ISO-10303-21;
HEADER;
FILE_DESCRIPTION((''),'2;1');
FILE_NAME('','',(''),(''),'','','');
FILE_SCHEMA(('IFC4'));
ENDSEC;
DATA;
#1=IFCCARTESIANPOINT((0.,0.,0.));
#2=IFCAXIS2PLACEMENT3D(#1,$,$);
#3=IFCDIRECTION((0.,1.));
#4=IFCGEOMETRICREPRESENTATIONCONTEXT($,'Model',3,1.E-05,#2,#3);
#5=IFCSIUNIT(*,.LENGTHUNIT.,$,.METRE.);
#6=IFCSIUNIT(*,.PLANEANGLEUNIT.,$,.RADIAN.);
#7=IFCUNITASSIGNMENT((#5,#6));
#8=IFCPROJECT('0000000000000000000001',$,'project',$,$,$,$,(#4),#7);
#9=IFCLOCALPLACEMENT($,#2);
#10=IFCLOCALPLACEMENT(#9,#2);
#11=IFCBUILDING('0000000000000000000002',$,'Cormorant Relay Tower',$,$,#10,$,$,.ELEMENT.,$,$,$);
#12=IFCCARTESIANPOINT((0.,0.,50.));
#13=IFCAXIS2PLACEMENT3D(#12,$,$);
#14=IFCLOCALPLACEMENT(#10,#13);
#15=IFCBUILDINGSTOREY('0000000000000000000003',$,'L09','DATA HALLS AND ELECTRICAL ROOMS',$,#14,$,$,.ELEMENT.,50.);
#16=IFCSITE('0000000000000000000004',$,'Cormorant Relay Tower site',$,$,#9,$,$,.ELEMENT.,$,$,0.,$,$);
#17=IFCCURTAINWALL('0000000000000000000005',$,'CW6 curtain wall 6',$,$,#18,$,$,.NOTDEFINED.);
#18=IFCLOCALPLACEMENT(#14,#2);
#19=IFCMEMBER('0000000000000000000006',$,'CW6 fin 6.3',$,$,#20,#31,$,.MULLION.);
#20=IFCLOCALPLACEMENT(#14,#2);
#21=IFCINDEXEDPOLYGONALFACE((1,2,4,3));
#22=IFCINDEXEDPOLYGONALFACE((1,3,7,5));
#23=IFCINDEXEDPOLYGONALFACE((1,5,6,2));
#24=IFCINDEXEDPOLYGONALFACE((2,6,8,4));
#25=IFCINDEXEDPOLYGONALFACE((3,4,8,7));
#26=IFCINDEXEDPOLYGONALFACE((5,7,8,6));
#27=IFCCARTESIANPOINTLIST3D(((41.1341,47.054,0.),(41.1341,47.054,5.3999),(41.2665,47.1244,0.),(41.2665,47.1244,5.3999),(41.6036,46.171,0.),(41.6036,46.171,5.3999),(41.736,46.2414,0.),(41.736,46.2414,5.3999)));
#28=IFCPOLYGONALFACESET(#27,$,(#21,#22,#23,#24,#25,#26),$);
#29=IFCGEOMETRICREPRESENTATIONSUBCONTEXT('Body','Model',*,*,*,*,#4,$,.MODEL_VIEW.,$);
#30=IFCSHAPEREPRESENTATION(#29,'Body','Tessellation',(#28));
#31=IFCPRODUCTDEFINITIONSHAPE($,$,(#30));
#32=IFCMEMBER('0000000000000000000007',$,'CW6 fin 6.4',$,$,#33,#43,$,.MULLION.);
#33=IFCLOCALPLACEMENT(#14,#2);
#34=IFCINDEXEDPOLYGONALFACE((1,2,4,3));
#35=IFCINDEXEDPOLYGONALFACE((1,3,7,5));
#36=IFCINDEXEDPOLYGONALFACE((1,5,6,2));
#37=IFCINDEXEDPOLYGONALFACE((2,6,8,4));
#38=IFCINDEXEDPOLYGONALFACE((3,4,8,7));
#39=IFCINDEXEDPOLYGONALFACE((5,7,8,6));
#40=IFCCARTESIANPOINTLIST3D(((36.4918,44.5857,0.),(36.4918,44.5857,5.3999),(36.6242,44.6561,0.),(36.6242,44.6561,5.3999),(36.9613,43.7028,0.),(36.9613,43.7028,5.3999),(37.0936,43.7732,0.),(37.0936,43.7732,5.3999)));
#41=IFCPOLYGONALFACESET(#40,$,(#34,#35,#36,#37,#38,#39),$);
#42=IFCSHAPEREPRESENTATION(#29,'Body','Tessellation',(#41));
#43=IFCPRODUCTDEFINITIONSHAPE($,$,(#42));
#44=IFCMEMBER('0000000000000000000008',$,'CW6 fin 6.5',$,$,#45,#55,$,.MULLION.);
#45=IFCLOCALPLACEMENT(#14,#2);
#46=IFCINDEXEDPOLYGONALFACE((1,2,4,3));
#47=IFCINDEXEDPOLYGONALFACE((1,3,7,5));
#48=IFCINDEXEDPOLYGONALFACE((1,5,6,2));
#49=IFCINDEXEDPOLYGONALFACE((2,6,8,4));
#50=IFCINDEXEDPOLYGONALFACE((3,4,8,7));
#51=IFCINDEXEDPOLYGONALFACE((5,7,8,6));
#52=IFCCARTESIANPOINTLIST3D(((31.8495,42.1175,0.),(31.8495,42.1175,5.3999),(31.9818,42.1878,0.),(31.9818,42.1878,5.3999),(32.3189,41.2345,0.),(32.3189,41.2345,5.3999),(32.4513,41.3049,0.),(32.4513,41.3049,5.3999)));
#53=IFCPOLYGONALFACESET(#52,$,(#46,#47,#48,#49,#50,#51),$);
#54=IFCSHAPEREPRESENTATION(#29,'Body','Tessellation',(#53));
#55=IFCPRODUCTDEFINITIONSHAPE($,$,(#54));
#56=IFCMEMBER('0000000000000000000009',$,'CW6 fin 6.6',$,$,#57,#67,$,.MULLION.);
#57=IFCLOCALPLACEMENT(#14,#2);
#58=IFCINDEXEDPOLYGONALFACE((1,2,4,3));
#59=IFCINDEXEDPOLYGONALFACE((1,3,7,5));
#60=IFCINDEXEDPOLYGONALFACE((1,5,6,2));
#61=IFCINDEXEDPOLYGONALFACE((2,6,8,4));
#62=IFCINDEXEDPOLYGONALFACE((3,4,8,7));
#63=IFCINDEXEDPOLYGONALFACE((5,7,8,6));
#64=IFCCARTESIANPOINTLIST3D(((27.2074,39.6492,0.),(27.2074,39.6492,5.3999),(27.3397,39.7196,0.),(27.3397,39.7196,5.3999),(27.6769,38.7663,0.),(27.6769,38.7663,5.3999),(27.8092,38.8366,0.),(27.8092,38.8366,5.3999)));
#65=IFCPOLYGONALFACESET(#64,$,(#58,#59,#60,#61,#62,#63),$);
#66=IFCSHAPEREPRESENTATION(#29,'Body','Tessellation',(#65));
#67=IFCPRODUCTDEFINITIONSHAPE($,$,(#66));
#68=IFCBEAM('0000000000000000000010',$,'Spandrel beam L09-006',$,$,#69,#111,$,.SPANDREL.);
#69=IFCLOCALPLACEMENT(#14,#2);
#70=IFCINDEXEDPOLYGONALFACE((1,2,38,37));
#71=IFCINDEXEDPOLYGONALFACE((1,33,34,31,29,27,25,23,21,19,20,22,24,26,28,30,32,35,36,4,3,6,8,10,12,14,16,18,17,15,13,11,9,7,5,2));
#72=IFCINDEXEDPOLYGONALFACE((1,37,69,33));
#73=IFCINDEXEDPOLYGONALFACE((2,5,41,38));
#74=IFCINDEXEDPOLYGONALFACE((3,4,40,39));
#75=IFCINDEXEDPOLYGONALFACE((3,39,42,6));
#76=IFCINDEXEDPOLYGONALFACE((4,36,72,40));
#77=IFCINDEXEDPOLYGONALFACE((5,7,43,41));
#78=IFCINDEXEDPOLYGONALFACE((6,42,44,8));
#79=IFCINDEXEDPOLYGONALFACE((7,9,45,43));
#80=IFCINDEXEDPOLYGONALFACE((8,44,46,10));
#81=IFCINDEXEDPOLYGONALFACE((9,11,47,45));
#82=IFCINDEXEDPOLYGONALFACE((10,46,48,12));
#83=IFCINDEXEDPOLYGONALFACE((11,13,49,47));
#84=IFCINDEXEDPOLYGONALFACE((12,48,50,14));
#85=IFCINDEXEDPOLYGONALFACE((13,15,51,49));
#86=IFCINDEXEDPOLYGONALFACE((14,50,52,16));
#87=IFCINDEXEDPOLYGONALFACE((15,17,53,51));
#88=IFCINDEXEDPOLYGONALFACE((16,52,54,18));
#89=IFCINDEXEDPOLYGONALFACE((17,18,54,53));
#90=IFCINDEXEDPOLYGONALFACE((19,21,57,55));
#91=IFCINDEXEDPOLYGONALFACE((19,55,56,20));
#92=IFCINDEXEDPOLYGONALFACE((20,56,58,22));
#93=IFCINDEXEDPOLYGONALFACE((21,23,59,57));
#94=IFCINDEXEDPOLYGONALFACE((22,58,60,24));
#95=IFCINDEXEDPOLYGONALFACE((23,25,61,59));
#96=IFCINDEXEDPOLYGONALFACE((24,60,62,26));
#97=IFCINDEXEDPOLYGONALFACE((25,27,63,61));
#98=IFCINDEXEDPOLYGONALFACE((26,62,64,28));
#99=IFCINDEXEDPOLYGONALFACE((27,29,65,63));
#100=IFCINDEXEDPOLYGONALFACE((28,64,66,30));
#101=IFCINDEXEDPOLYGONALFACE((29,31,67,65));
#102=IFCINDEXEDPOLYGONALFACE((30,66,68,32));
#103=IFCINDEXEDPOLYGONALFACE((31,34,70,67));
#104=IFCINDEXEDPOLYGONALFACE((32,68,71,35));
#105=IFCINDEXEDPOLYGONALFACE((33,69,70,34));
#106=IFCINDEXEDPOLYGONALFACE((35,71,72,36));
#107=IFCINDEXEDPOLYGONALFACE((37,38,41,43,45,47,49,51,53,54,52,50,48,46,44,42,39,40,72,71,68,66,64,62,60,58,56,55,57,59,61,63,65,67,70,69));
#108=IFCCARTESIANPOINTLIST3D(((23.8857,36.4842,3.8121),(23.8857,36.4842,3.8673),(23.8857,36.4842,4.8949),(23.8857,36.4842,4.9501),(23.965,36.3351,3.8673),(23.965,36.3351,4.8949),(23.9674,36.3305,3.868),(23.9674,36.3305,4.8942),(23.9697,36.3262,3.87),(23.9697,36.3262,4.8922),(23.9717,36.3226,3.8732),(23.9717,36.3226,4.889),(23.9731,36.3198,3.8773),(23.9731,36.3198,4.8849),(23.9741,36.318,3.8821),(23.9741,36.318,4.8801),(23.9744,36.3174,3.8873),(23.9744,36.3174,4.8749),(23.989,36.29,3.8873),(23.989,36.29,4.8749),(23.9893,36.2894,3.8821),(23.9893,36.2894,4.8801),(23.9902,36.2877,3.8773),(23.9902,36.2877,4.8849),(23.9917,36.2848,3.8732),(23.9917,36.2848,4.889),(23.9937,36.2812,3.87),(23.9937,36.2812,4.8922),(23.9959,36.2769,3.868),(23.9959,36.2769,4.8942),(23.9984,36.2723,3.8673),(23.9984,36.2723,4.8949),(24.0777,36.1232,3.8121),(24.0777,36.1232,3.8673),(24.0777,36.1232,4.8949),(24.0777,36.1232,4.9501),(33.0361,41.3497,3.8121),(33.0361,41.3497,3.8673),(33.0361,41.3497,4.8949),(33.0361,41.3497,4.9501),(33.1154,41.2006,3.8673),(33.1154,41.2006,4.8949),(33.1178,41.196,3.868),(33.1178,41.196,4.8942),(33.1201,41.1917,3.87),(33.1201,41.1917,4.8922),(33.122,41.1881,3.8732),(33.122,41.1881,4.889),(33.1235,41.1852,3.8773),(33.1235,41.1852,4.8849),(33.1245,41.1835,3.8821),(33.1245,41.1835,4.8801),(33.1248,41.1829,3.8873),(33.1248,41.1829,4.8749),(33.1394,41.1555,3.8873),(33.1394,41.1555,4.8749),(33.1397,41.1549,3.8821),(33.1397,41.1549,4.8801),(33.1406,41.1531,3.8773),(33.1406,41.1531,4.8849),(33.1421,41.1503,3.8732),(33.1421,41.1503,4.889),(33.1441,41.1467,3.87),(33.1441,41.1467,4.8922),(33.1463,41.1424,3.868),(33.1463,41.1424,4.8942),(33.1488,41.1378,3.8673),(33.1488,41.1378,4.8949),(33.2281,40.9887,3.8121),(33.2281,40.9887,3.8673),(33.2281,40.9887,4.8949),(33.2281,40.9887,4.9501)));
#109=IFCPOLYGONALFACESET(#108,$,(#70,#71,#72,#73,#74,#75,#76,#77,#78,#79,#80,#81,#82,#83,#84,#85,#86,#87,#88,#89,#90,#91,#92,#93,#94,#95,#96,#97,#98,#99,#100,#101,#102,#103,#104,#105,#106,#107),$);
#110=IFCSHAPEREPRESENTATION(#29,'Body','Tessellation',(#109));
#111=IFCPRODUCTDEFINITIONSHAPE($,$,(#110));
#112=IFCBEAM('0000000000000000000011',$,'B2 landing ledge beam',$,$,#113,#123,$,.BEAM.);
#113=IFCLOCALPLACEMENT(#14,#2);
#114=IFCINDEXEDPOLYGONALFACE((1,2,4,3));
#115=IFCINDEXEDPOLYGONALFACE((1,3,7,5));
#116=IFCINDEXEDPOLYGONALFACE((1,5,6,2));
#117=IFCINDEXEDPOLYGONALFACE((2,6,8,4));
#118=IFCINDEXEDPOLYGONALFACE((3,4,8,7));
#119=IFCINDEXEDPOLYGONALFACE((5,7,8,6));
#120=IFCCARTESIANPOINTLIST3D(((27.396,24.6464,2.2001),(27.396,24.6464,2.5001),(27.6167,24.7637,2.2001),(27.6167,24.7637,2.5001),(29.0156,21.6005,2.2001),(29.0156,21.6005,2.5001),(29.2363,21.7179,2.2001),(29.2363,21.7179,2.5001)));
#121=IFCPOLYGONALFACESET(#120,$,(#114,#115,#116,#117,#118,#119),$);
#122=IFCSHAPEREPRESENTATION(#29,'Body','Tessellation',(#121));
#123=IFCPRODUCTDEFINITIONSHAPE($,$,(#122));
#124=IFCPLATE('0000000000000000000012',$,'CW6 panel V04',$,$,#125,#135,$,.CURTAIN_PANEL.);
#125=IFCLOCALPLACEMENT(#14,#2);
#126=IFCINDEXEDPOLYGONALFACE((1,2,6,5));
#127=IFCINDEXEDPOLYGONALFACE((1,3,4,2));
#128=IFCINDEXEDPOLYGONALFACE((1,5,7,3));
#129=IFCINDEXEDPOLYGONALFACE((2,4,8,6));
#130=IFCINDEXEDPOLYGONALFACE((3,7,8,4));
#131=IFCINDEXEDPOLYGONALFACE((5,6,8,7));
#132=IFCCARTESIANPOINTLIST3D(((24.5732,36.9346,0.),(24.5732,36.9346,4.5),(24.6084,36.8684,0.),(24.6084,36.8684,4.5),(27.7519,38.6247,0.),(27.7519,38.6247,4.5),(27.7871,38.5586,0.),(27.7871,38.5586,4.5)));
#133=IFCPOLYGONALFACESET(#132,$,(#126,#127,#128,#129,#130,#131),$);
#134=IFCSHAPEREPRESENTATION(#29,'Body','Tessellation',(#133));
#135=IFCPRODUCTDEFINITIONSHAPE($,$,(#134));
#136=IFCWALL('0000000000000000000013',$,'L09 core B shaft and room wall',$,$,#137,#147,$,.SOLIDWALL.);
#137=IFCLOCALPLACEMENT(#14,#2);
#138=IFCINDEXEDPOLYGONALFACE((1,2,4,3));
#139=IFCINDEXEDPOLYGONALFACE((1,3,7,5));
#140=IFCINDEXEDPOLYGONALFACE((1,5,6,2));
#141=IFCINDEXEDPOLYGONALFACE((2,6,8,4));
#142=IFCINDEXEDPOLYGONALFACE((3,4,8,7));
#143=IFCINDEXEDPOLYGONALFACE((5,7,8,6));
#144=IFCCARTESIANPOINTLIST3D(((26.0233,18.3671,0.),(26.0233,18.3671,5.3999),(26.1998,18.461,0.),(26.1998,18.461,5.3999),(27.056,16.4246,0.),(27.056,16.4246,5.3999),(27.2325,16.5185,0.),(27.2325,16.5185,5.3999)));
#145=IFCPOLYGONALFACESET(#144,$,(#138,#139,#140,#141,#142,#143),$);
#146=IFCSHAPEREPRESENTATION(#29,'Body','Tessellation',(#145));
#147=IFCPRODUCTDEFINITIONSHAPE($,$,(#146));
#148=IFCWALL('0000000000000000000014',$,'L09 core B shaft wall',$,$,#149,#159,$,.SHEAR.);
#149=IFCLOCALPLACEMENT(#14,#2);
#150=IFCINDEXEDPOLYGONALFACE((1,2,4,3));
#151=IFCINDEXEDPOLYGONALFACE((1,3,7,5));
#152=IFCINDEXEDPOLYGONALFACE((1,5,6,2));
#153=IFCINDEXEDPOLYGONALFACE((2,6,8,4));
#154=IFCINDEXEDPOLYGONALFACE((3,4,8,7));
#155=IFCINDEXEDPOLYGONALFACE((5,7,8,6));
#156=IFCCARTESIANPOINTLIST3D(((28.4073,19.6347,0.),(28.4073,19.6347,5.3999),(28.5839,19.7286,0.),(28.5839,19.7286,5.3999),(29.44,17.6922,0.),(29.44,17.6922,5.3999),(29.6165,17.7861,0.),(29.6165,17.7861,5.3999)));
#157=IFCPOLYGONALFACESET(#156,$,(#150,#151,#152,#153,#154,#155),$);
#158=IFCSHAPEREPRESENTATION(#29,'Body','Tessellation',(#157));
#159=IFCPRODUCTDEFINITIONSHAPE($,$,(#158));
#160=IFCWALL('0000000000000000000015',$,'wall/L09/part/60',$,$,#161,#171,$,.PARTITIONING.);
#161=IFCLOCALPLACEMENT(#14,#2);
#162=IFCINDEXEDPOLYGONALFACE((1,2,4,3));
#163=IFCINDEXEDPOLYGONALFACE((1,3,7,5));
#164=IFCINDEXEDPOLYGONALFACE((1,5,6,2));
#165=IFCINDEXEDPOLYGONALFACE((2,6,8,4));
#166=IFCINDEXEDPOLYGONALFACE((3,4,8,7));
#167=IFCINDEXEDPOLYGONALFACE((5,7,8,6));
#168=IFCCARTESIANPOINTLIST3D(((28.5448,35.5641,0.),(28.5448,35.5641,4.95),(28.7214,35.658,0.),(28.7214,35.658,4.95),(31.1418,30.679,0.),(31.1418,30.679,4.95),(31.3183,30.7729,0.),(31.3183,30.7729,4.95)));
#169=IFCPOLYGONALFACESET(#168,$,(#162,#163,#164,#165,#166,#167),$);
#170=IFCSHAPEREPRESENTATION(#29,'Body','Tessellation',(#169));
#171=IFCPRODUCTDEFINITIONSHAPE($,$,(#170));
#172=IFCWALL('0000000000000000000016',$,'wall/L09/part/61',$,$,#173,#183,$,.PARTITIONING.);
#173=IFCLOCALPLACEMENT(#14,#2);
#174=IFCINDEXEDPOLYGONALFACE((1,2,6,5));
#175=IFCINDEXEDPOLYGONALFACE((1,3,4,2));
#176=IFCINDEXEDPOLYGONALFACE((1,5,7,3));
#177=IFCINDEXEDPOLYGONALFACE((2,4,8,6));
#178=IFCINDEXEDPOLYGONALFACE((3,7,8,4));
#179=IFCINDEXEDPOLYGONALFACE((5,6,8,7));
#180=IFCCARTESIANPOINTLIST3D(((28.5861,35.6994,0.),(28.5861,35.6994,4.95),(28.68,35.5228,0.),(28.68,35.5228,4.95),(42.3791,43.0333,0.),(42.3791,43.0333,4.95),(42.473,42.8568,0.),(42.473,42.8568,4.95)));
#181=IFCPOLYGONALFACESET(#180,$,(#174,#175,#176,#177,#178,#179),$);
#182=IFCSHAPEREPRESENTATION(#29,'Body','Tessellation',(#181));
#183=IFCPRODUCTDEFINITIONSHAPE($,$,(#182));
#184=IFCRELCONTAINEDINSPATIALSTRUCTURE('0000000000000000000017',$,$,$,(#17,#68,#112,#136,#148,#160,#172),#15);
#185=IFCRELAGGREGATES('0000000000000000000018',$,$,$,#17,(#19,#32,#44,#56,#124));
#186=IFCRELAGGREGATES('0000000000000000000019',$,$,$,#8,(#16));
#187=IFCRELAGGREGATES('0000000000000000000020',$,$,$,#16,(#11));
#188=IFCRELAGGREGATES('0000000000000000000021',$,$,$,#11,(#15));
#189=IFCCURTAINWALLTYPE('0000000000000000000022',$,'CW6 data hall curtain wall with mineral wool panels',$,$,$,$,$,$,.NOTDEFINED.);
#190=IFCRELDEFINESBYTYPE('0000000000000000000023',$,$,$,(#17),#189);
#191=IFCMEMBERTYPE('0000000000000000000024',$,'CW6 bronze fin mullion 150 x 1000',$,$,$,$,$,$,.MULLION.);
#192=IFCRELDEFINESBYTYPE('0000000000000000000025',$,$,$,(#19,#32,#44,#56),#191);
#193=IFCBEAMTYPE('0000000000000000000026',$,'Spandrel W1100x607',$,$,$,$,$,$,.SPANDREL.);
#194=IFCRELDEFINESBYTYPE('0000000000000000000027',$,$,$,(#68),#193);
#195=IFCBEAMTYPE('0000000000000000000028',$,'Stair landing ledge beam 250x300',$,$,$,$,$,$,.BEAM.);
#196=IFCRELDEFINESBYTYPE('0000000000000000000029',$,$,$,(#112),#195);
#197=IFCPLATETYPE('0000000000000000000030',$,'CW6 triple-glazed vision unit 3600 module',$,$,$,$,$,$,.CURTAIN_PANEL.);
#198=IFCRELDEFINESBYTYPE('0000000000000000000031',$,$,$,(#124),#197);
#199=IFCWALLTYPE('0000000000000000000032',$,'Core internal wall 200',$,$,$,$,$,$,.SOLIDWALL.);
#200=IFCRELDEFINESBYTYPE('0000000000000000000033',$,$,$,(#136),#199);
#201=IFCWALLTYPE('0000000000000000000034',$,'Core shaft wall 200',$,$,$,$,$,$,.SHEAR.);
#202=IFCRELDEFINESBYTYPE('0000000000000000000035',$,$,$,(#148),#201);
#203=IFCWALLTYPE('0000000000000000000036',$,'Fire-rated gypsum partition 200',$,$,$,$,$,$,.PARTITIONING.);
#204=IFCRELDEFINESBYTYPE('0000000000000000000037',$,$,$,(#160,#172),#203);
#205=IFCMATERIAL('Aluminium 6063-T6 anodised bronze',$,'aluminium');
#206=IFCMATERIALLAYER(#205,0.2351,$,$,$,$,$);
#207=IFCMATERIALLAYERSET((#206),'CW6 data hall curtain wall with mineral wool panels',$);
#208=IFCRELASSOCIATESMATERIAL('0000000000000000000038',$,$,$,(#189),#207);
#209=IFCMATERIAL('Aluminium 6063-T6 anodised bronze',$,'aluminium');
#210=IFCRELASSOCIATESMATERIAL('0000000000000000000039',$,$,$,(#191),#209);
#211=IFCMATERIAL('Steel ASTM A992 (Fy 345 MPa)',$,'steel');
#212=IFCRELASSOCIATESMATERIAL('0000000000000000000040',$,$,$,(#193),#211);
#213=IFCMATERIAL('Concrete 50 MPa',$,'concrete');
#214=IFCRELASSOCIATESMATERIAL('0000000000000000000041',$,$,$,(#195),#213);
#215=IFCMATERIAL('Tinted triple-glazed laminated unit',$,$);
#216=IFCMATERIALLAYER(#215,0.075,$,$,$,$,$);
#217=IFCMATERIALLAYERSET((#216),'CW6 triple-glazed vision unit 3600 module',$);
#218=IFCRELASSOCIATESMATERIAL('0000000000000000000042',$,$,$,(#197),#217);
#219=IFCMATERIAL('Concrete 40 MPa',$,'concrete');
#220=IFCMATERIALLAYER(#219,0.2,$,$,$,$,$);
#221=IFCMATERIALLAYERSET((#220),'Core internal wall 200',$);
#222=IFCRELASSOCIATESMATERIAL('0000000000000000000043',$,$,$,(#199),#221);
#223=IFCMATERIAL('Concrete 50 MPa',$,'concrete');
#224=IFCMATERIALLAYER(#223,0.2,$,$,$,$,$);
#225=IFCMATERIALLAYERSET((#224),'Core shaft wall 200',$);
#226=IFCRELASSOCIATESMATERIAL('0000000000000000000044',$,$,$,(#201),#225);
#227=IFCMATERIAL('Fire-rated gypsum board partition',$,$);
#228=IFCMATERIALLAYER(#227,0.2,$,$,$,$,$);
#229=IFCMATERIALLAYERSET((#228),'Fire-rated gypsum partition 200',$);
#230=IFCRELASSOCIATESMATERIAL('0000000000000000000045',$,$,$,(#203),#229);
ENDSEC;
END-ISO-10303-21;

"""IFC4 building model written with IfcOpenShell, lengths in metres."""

from ifc_helpers import new_model, si_unit, direction, frame, frame_2d, origin, origin_2d, place, context, subcontext, project, spatial, rectangle, i_section, extrude, material, layer, layer_set, material_profile, profile_set, type_object, element, aggregate, save


model = new_model("IFC4")

# Units and contexts
model_context = context("Model", 3, precision=1e-05, world=origin(), true_north=direction((0.0, 1.0)))
body_context = subcontext(model_context, "Body", "Model", "MODEL_VIEW")
ifc_project = project(units=[si_unit("LENGTHUNIT", "METRE"), si_unit("PLANEANGLEUNIT", "RADIAN")], contexts=[model_context])

# Site, building, storey
site_placement = place(None, origin())
site = spatial("IfcSite", under=ifc_project, at=site_placement, Name="Cormorant Relay Tower site", CompositionType="ELEMENT", RefElevation=0.0)
building_placement = place(site_placement, origin())
building = spatial("IfcBuilding", under=site, at=building_placement, Name="Cormorant Relay Tower", CompositionType="ELEMENT")
storey_placement = place(building_placement, frame((0.0, 0.0, 50.0)))
storey = spatial("IfcBuildingStorey", under=building, at=storey_placement, Name="L09", Description="DATA HALLS AND ELECTRICAL ROOMS", CompositionType="ELEMENT", Elevation=50.0)

# Curtain wall, members
ifc_material_1 = material(Name="Aluminium 6063-T6 anodised bronze", Category="aluminium")
ifc_layer_1 = layer(ifc_material_1, 0.2351)
ifc_layer_set_1 = layer_set([ifc_layer_1], Name="CW6 data hall curtain wall with mineral wool panels")
curtain_wall_type = type_object("IfcCurtainWallType", Name="CW6 data hall curtain wall with mineral wool panels", PredefinedType="NOTDEFINED", material=ifc_layer_set_1)
curtain_wall_placement = place(storey_placement, origin())
curtain_wall = element("IfcCurtainWall", 1, at=curtain_wall_placement, inside=storey, type_object=curtain_wall_type, Name="CW6 curtain wall 6", PredefinedType="NOTDEFINED")
ifc_material_2 = material(Name="Aluminium 6063-T6 anodised bronze", Category="aluminium")
ifc_material_profile_1 = material_profile(ifc_material_2, rectangle(XDim=0.1499, YDim=1.0, at=origin_2d()), Name="AL 150x1000")
ifc_profile_set_1 = profile_set([ifc_material_profile_1], Name="Aluminium 6063-T6 anodised bronze")
member_type = type_object("IfcMemberType", Name="CW6 bronze fin mullion 150 x 1000", PredefinedType="MULLION", material=ifc_profile_set_1)
member_1_placement = place(storey_placement, frame((41.4351, 46.6477, 0.0), z_axis=(0.0, 0.0, 1.0), x_axis=(-0.882948, -0.469472, 0.0)))
member_1 = element("IfcMember", 2, at=member_1_placement, type_object=member_type, Name="CW6 fin 6.3", PredefinedType="MULLION", context=body_context, shape_type="SweptSolid", body=[
    extrude(rectangle(XDim=0.1499, YDim=1.0, at=origin_2d()), origin(), (0.0, 0.0, 1.0), 5.3999),
])
member_2_placement = place(storey_placement, frame((36.7927, 44.1794, 0.0), z_axis=(0.0, 0.0, 1.0), x_axis=(-0.882948, -0.469472, 0.0)))
member_2 = element("IfcMember", 3, at=member_2_placement, type_object=member_type, Name="CW6 fin 6.4", PredefinedType="MULLION", context=body_context, shape_type="SweptSolid", body=[
    extrude(rectangle(XDim=0.1499, YDim=1.0, at=origin_2d()), origin(), (0.0, 0.0, 1.0), 5.3999),
])
member_3_placement = place(storey_placement, frame((32.1504, 41.7112, 0.0), z_axis=(0.0, 0.0, 1.0), x_axis=(-0.882948, -0.469472, 0.0)))
member_3 = element("IfcMember", 4, at=member_3_placement, type_object=member_type, Name="CW6 fin 6.5", PredefinedType="MULLION", context=body_context, shape_type="SweptSolid", body=[
    extrude(rectangle(XDim=0.1499, YDim=1.0, at=origin_2d()), origin(), (0.0, 0.0, 1.0), 5.3999),
])
member_4_placement = place(storey_placement, frame((27.5083, 39.2429, 0.0), z_axis=(0.0, 0.0, 1.0), x_axis=(-0.882948, -0.469472, 0.0)))
member_4 = element("IfcMember", 5, at=member_4_placement, type_object=member_type, Name="CW6 fin 6.6", PredefinedType="MULLION", context=body_context, shape_type="SweptSolid", body=[
    extrude(rectangle(XDim=0.1499, YDim=1.0, at=origin_2d()), origin(), (0.0, 0.0, 1.0), 5.3999),
])

# Beams
ifc_material_3 = material(Name="Steel ASTM A992 (Fy 345 MPa)", Category="steel")
ifc_material_profile_2 = material_profile(ifc_material_3, i_section(OverallWidth=0.4089, OverallDepth=1.1379, WebThickness=0.031, FlangeThickness=0.0552, FilletRadius=0.02, at=origin_2d()), Name="W1100x607")
ifc_profile_set_2 = profile_set([ifc_material_profile_2], Name="Steel ASTM A992 (Fy 345 MPa)")
beam_type_1 = type_object("IfcBeamType", Name="Spandrel W1100x607", PredefinedType="SPANDREL", material=ifc_profile_set_2)
beam_1_placement = place(storey_placement, frame((33.1321, 41.1692, 4.3811), z_axis=(-0.882942, -0.469481, 0.0), x_axis=(0.469481, -0.882942, 0.0)))
element("IfcBeam", 6, at=beam_1_placement, inside=storey, type_object=beam_type_1, Name="Spandrel beam L09-006", PredefinedType="SPANDREL", context=body_context, shape_type="SweptSolid", body=[
    extrude(i_section(OverallWidth=0.4089, OverallDepth=1.1379, WebThickness=0.031, FlangeThickness=0.0552, FilletRadius=0.02, at=origin_2d()), origin(), (0.0, 0.0, 1.0), 10.3635),
])
ifc_material_4 = material(Name="Concrete 50 MPa", Category="concrete")
ifc_material_profile_3 = material_profile(ifc_material_4, rectangle(XDim=0.25, YDim=0.3, at=origin_2d()), Name="RC 250x300")
ifc_profile_set_3 = profile_set([ifc_material_profile_3], Name="Concrete 50 MPa")
beam_type_2 = type_object("IfcBeamType", Name="Stair landing ledge beam 250x300", PredefinedType="BEAM", material=ifc_profile_set_3)
beam_2_placement = place(storey_placement, frame((29.126, 21.6592, 2.3501), z_axis=(-0.469493, 0.882936, 0.0), x_axis=(-0.882936, -0.469493, 0.0)))
element("IfcBeam", 7, at=beam_2_placement, inside=storey, type_object=beam_type_2, Name="B2 landing ledge beam", PredefinedType="BEAM", context=body_context, shape_type="SweptSolid", body=[
    extrude(rectangle(XDim=0.25, YDim=0.3, at=origin_2d()), origin(), (0.0, 0.0, 1.0), 3.4497),
])

# Plate
ifc_material_5 = material(Name="Tinted triple-glazed laminated unit")
ifc_layer_2 = layer(ifc_material_5, 0.075)
ifc_layer_set_2 = layer_set([ifc_layer_2], Name="CW6 triple-glazed vision unit 3600 module")
plate_type = type_object("IfcPlateType", Name="CW6 triple-glazed vision unit 3600 module", PredefinedType="CURTAIN_PANEL", material=ifc_layer_set_2)
plate_placement = place(storey_placement, frame((26.1802, 37.7466, 0.0), z_axis=(0.0, 0.0, 1.0), x_axis=(-0.882948, -0.469472, 0.0)))
plate = element("IfcPlate", 8, at=plate_placement, type_object=plate_type, Name="CW6 panel V04", PredefinedType="CURTAIN_PANEL", context=body_context, shape_type="SweptSolid", body=[
    extrude(rectangle(XDim=3.6001, YDim=0.075, at=origin_2d()), origin(), (0.0, 0.0, 1.0), 4.5),
])

# Walls
ifc_material_6 = material(Name="Concrete 40 MPa", Category="concrete")
ifc_layer_3 = layer(ifc_material_6, 0.2)
ifc_layer_set_3 = layer_set([ifc_layer_3], Name="Core internal wall 200")
wall_type_1 = type_object("IfcWallType", Name="Core internal wall 200", PredefinedType="SOLIDWALL", material=ifc_layer_set_3)
wall_1_placement = place(storey_placement, frame((27.1443, 16.4714, 0.0), z_axis=(0.0, 0.0, 1.0), x_axis=(-0.469401, 0.882985, 0.0)))
element("IfcWall", 9, at=wall_1_placement, inside=storey, type_object=wall_type_1, Name="L09 core B shaft and room wall", PredefinedType="SOLIDWALL", context=body_context, shape_type="SweptSolid", body=[
    extrude(rectangle(XDim=2.2, YDim=0.2, at=frame_2d((1.1001, 0.0))), origin(), (0.0, 0.0, 1.0), 5.3999),
])
ifc_material_7 = material(Name="Concrete 50 MPa", Category="concrete")
ifc_layer_4 = layer(ifc_material_7, 0.2)
ifc_layer_set_4 = layer_set([ifc_layer_4], Name="Core shaft wall 200")
wall_type_2 = type_object("IfcWallType", Name="Core shaft wall 200", PredefinedType="SHEAR", material=ifc_layer_set_4)
wall_2_placement = place(storey_placement, frame((29.5283, 17.739, 0.0), z_axis=(0.0, 0.0, 1.0), x_axis=(-0.469401, 0.882985, 0.0)))
element("IfcWall", 10, at=wall_2_placement, inside=storey, type_object=wall_type_2, Name="L09 core B shaft wall", PredefinedType="SHEAR", context=body_context, shape_type="SweptSolid", body=[
    extrude(rectangle(XDim=2.2, YDim=0.2, at=frame_2d((1.1001, 0.0))), origin(), (0.0, 0.0, 1.0), 5.3999),
])
ifc_material_8 = material(Name="Fire-rated gypsum board partition")
ifc_layer_5 = layer(ifc_material_8, 0.2)
ifc_layer_set_5 = layer_set([ifc_layer_5], Name="Fire-rated gypsum partition 200")
wall_type_3 = type_object("IfcWallType", Name="Fire-rated gypsum partition 200", PredefinedType="PARTITIONING", material=ifc_layer_set_5)
wall_3_placement = place(storey_placement, frame((31.23, 30.7261, 0.0), z_axis=(0.0, 0.0, 1.0), x_axis=(-0.469404, 0.882984, 0.0)))
element("IfcWall", 11, at=wall_3_placement, inside=storey, type_object=wall_type_3, Name="wall/L09/part/60", PredefinedType="PARTITIONING", context=body_context, shape_type="SweptSolid", body=[
    extrude(rectangle(XDim=5.5325, YDim=0.2, at=frame_2d((2.7661, 0.0))), origin(), (0.0, 0.0, 1.0), 4.95),
])
wall_4_placement = place(storey_placement, frame((28.6331, 35.6111, 0.0), z_axis=(0.0, 0.0, 1.0), x_axis=(0.882944, 0.469478, 0.0)))
element("IfcWall", 12, at=wall_4_placement, inside=storey, type_object=wall_type_3, Name="wall/L09/part/61", PredefinedType="PARTITIONING", context=body_context, shape_type="SweptSolid", body=[
    extrude(rectangle(XDim=15.6216, YDim=0.2, at=frame_2d((7.8108, 0.0))), origin(), (0.0, 0.0, 1.0), 4.95),
])

aggregate(curtain_wall, [member_1, member_2, member_3, member_4, plate])

save(model, "model.ifc")
